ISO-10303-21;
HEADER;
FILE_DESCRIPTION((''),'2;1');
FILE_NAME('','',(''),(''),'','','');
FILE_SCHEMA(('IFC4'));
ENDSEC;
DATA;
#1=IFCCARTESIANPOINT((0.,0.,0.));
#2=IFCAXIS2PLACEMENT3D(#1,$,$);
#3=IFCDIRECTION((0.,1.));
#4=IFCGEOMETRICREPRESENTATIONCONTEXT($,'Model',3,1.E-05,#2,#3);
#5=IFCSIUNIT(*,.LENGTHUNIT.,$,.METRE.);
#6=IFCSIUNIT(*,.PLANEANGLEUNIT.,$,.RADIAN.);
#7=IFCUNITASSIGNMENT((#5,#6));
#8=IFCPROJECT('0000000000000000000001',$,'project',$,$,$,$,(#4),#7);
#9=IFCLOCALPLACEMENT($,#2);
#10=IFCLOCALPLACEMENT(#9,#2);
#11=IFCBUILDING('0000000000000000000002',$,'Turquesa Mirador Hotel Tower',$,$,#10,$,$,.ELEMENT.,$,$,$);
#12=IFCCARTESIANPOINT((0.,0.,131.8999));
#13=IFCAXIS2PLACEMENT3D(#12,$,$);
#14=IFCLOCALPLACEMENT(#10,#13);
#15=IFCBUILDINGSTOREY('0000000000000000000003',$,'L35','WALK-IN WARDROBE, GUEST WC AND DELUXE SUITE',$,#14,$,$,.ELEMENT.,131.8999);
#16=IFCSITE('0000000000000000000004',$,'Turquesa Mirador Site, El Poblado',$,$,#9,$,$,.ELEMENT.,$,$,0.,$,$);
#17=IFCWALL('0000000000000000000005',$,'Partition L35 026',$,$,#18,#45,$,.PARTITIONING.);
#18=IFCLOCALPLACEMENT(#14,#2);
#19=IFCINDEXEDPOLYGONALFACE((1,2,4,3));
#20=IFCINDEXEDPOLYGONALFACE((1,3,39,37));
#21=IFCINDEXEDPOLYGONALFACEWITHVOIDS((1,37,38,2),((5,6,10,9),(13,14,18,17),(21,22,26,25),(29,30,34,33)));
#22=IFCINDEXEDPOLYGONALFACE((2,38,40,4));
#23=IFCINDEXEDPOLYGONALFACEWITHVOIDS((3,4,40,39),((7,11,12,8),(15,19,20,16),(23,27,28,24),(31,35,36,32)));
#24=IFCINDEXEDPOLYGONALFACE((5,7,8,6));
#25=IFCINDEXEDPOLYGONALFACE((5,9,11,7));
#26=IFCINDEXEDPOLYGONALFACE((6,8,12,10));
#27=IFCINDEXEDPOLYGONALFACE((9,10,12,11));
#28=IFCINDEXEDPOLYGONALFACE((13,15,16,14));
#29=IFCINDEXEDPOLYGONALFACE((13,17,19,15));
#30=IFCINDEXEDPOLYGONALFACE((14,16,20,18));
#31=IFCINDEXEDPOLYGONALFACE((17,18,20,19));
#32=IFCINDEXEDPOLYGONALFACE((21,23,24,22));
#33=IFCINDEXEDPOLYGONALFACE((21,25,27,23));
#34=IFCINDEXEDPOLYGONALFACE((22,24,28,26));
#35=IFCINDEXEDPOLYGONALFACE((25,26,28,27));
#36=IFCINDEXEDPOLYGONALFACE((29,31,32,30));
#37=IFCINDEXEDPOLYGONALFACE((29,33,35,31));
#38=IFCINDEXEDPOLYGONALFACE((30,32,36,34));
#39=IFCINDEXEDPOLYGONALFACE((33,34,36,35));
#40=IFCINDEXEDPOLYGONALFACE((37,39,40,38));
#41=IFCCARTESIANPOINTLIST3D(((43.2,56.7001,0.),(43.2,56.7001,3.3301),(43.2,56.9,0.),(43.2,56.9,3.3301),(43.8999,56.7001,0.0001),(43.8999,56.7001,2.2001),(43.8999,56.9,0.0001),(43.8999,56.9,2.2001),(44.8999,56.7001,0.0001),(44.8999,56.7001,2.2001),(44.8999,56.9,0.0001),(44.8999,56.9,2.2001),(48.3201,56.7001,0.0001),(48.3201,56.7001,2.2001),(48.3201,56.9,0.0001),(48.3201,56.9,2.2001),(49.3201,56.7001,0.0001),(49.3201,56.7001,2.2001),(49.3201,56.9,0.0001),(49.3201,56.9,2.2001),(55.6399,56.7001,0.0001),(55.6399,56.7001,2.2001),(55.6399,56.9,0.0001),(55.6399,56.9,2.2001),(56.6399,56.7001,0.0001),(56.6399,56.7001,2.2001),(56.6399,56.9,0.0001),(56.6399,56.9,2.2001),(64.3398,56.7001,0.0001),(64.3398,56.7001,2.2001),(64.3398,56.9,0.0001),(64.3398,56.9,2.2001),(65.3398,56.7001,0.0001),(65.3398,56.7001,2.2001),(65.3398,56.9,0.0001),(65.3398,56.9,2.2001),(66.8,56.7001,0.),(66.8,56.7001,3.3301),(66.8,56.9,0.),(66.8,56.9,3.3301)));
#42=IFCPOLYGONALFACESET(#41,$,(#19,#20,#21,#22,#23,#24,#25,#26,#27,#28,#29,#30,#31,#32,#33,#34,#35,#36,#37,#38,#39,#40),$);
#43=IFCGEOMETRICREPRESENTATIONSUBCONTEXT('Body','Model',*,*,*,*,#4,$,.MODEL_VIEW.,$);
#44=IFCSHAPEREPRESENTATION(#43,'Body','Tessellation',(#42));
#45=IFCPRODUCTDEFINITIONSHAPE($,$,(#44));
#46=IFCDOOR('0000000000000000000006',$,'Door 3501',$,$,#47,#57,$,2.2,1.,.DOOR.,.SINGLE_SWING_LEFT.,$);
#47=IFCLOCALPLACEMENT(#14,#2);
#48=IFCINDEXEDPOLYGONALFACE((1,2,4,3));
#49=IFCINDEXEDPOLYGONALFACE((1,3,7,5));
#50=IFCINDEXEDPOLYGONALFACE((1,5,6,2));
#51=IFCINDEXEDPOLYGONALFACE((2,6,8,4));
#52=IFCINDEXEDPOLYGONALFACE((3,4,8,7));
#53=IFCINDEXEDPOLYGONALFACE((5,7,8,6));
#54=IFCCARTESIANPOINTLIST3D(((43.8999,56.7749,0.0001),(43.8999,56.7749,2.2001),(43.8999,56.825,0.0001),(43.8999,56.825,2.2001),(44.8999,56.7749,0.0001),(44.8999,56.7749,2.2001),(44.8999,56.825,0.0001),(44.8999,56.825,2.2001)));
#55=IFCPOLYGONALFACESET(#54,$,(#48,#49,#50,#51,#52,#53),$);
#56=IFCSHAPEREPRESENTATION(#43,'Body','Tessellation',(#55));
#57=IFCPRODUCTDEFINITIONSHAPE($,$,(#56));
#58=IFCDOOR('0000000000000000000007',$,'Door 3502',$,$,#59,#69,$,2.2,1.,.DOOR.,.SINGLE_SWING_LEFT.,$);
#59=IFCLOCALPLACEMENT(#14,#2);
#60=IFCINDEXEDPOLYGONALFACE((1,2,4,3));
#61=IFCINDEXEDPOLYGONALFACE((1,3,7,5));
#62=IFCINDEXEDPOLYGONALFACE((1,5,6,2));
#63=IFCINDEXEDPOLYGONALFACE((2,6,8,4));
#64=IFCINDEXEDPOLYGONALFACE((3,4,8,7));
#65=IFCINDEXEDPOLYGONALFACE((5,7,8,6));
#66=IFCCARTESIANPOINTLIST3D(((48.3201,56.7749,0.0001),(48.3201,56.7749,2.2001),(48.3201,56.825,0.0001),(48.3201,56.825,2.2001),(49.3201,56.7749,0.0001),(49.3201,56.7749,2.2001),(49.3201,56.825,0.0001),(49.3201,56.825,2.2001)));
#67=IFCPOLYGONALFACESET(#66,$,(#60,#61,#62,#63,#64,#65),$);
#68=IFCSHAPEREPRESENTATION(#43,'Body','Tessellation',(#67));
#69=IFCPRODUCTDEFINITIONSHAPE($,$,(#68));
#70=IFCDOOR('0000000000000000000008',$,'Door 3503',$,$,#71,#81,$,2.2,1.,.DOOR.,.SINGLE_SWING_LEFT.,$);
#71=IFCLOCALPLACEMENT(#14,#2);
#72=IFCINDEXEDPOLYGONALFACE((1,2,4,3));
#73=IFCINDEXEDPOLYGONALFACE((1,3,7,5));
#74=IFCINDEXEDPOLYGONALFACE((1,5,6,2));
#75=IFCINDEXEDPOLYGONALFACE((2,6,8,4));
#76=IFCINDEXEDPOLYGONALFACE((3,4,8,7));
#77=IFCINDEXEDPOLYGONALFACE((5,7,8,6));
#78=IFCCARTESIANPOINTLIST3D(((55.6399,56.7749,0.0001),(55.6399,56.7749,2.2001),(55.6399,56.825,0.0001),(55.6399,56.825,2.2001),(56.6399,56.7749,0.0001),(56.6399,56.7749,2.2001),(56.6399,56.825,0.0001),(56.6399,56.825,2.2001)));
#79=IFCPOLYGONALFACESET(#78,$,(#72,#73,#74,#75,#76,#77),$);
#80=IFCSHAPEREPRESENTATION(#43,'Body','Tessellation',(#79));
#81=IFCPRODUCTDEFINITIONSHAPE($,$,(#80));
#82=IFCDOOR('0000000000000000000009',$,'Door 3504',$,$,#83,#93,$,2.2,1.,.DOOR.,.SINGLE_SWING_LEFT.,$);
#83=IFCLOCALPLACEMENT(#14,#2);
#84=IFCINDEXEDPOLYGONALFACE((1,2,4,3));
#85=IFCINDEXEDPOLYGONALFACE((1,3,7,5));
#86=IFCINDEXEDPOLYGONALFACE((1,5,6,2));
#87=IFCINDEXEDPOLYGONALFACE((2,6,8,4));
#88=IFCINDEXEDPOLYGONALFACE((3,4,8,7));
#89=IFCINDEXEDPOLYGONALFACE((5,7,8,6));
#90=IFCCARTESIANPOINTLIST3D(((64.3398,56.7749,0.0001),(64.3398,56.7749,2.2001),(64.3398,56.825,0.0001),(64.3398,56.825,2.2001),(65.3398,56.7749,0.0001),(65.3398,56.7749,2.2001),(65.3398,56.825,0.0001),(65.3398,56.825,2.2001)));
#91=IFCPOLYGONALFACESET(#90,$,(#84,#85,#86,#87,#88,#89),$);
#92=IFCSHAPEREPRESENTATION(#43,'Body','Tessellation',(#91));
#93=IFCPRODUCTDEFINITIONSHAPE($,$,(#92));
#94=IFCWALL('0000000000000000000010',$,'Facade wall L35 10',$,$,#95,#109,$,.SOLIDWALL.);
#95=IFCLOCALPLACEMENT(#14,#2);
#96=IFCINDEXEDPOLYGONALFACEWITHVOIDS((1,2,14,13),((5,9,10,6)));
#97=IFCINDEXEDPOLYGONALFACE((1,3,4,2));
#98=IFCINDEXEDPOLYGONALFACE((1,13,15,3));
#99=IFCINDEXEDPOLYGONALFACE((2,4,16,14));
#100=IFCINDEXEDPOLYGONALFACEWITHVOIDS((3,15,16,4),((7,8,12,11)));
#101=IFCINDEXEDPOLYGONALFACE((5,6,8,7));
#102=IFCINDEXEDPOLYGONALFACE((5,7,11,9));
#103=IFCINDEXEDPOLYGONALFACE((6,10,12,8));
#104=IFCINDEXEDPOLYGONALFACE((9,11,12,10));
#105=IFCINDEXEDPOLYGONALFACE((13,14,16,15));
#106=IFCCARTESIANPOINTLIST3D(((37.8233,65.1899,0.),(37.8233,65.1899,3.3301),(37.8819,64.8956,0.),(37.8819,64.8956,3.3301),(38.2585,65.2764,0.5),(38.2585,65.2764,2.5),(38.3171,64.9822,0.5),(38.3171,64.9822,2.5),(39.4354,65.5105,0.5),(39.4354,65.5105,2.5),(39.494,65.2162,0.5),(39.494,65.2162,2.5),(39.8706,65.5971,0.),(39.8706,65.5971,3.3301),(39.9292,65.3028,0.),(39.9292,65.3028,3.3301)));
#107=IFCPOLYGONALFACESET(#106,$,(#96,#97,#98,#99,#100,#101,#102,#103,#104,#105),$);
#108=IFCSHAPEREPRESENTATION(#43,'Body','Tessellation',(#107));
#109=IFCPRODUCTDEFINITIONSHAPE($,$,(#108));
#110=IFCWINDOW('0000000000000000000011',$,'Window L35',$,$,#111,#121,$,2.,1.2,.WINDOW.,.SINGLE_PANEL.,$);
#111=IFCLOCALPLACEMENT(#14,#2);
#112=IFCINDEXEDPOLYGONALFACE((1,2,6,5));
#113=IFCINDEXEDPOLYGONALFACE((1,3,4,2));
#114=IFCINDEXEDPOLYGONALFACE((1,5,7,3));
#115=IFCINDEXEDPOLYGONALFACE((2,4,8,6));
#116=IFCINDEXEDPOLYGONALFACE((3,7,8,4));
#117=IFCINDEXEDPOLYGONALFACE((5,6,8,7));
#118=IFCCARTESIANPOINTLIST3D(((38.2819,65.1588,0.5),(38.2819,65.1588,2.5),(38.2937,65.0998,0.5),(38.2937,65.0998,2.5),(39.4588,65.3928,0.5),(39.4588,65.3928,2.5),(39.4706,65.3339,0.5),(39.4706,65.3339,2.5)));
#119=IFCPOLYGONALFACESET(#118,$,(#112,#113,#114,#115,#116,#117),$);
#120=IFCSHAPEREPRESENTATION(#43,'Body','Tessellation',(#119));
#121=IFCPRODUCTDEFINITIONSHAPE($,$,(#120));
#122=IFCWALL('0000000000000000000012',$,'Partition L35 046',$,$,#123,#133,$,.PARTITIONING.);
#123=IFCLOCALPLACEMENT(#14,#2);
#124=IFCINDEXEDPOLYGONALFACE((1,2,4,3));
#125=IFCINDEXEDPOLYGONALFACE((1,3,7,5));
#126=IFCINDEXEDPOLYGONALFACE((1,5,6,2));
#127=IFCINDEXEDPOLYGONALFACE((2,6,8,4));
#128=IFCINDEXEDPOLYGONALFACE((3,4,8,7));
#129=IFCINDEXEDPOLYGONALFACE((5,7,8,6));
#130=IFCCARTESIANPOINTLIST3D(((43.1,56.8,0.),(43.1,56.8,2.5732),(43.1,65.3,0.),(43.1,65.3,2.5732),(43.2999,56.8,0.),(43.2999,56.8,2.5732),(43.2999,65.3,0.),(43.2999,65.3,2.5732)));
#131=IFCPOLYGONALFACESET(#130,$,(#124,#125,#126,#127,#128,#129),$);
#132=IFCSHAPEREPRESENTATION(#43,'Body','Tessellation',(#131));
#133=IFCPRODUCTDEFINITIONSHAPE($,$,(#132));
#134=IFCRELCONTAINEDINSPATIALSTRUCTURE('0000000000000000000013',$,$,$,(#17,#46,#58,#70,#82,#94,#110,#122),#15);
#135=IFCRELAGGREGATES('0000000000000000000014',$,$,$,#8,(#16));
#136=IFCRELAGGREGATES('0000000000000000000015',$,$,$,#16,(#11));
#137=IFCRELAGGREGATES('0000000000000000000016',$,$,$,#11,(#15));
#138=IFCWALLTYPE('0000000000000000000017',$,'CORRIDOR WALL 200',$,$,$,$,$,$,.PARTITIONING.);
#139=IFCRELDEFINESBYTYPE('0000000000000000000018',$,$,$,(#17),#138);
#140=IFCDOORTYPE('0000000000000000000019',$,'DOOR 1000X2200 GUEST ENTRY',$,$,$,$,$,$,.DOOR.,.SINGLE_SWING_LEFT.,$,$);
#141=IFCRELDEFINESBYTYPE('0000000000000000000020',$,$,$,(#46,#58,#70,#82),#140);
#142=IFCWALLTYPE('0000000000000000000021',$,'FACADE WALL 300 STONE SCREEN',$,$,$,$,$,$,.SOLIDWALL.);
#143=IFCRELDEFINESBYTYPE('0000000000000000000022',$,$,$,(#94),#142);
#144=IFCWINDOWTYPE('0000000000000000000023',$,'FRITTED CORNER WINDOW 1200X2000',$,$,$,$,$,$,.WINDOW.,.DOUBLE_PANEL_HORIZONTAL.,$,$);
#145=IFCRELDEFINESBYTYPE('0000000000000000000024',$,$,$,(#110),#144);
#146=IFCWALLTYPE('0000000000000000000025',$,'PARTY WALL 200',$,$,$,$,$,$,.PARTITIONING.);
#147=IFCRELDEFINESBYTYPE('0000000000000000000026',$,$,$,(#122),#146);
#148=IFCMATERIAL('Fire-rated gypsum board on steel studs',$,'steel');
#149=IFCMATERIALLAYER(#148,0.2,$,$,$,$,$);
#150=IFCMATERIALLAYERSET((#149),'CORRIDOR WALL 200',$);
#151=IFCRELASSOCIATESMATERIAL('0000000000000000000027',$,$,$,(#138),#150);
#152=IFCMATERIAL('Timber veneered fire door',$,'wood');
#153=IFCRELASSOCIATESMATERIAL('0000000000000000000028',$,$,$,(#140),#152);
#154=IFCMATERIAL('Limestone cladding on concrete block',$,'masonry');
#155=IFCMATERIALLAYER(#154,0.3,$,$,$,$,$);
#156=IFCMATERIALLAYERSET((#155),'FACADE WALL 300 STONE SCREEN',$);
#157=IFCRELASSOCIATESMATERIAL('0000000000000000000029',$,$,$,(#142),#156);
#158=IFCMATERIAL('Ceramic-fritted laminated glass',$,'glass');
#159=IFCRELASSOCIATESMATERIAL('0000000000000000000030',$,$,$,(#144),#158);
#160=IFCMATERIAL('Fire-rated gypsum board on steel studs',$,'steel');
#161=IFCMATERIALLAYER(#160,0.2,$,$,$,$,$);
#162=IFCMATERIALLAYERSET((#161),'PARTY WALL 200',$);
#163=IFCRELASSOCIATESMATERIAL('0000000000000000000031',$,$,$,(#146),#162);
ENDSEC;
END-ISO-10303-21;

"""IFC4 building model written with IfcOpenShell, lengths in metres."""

from ifc_helpers import new_model, si_unit, direction, frame, frame_2d, origin, place, context, subcontext, project, spatial, rectangle, extrude, material, layer, layer_set, type_object, element, fill, save


model = new_model("IFC4")

# Units and contexts
model_context = context("Model", 3, precision=1e-05, world=origin(), true_north=direction((0.0, 1.0)))
body_context = subcontext(model_context, "Body", "Model", "MODEL_VIEW")
ifc_project = project(units=[si_unit("LENGTHUNIT", "METRE"), si_unit("PLANEANGLEUNIT", "RADIAN")], contexts=[model_context])

# Site, building, storey
site_placement = place(None, origin())
site = spatial("IfcSite", under=ifc_project, at=site_placement, Name="Turquesa Mirador Site, El Poblado", CompositionType="ELEMENT", RefElevation=0.0)
building_placement = place(site_placement, origin())
building = spatial("IfcBuilding", under=site, at=building_placement, Name="Turquesa Mirador Hotel Tower", CompositionType="ELEMENT")
storey_placement = place(building_placement, frame((0.0, 0.0, 131.8999)))
storey = spatial("IfcBuildingStorey", under=building, at=storey_placement, Name="L35", Description="WALK-IN WARDROBE, GUEST WC AND DELUXE SUITE", CompositionType="ELEMENT", Elevation=131.8999)

# Wall, openings, doors
ifc_material_1 = material(Name="Fire-rated gypsum board on steel studs", Category="steel")
ifc_layer_1 = layer(ifc_material_1, 0.2)
ifc_layer_set_1 = layer_set([ifc_layer_1], Name="CORRIDOR WALL 200")
wall_type_1 = type_object("IfcWallType", Name="CORRIDOR WALL 200", PredefinedType="PARTITIONING", material=ifc_layer_set_1)
wall_1_placement = place(storey_placement, frame((43.2, 56.8, 0.0), z_axis=(0.0, 0.0, 1.0), x_axis=(1.0, 0.0, 0.0)))
wall_1 = element("IfcWall", 1, at=wall_1_placement, inside=storey, type_object=wall_type_1, Name="Partition L35 026", PredefinedType="PARTITIONING", context=body_context, shape_type="SweptSolid", body=[
    extrude(rectangle(XDim=23.6001, YDim=0.2, at=frame_2d((11.8, 0.0))), origin(), (0.0, 0.0, 1.0), 3.3301),
])
opening_1_placement = place(wall_1_placement, frame((0.7, 0.0, 0.0)))
opening_1 = element("IfcOpeningElement", 2, at=opening_1_placement, cuts=wall_1, PredefinedType="OPENING", context=body_context, shape_type="SweptSolid", body=[
    extrude(rectangle(XDim=1.0, YDim=2.2, at=frame_2d((0.5, 1.1001))), frame((0.0, 0.1099, 0.0), z_axis=(0.0, -1.0, 0.0), x_axis=(1.0, 0.0, 0.0)), (0.0, 0.0, 1.0), 0.22),
])
opening_2_placement = place(wall_1_placement, frame((5.1201, 0.0, 0.0)))
opening_2 = element("IfcOpeningElement", 3, at=opening_2_placement, cuts=wall_1, PredefinedType="OPENING", context=body_context, shape_type="SweptSolid", body=[
    extrude(rectangle(XDim=1.0, YDim=2.2, at=frame_2d((0.5, 1.1001))), frame((0.0, 0.1099, 0.0), z_axis=(0.0, -1.0, 0.0), x_axis=(1.0, 0.0, 0.0)), (0.0, 0.0, 1.0), 0.22),
])
opening_3_placement = place(wall_1_placement, frame((12.4399, 0.0, 0.0)))
opening_3 = element("IfcOpeningElement", 4, at=opening_3_placement, cuts=wall_1, PredefinedType="OPENING", context=body_context, shape_type="SweptSolid", body=[
    extrude(rectangle(XDim=1.0, YDim=2.2, at=frame_2d((0.5, 1.1001))), frame((0.0, 0.1099, 0.0), z_axis=(0.0, -1.0, 0.0), x_axis=(1.0, 0.0, 0.0)), (0.0, 0.0, 1.0), 0.22),
])
opening_4_placement = place(wall_1_placement, frame((21.1399, 0.0, 0.0)))
opening_4 = element("IfcOpeningElement", 5, at=opening_4_placement, cuts=wall_1, PredefinedType="OPENING", context=body_context, shape_type="SweptSolid", body=[
    extrude(rectangle(XDim=1.0, YDim=2.2, at=frame_2d((0.5, 1.1001))), frame((0.0, 0.1099, 0.0), z_axis=(0.0, -1.0, 0.0), x_axis=(1.0, 0.0, 0.0)), (0.0, 0.0, 1.0), 0.22),
])
ifc_material_2 = material(Name="Timber veneered fire door", Category="wood")
door_type_1 = type_object("IfcDoorType", Name="DOOR 1000X2200 GUEST ENTRY", OperationType="SINGLE_SWING_LEFT", PredefinedType="DOOR", material=ifc_material_2)
door_1_placement = place(opening_1_placement, origin())
door_1 = element("IfcDoor", 6, at=door_1_placement, inside=storey, type_object=door_type_1, Name="Door 3501", OperationType="SINGLE_SWING_LEFT", OverallHeight=2.2, OverallWidth=1.0, PredefinedType="DOOR", context=body_context, shape_type="SweptSolid", body=[
    extrude(rectangle(XDim=1.0, YDim=2.2, at=frame_2d((0.5, 1.1001))), frame((0.0, 0.0249, 0.0), z_axis=(0.0, -1.0, 0.0), x_axis=(1.0, 0.0, 0.0)), (0.0, 0.0, 1.0), 0.05),
])
fill(opening_1, door_1)
door_2_placement = place(opening_2_placement, origin())
door_2 = element("IfcDoor", 7, at=door_2_placement, inside=storey, type_object=door_type_1, Name="Door 3502", OperationType="SINGLE_SWING_LEFT", OverallHeight=2.2, OverallWidth=1.0, PredefinedType="DOOR", context=body_context, shape_type="SweptSolid", body=[
    extrude(rectangle(XDim=1.0, YDim=2.2, at=frame_2d((0.5, 1.1001))), frame((0.0, 0.0249, 0.0), z_axis=(0.0, -1.0, 0.0), x_axis=(1.0, 0.0, 0.0)), (0.0, 0.0, 1.0), 0.05),
])
fill(opening_2, door_2)
door_3_placement = place(opening_3_placement, origin())
door_3 = element("IfcDoor", 8, at=door_3_placement, inside=storey, type_object=door_type_1, Name="Door 3503", OperationType="SINGLE_SWING_LEFT", OverallHeight=2.2, OverallWidth=1.0, PredefinedType="DOOR", context=body_context, shape_type="SweptSolid", body=[
    extrude(rectangle(XDim=1.0, YDim=2.2, at=frame_2d((0.5, 1.1001))), frame((0.0, 0.0249, 0.0), z_axis=(0.0, -1.0, 0.0), x_axis=(1.0, 0.0, 0.0)), (0.0, 0.0, 1.0), 0.05),
])
fill(opening_3, door_3)
door_4_placement = place(opening_4_placement, origin())
door_4 = element("IfcDoor", 9, at=door_4_placement, inside=storey, type_object=door_type_1, Name="Door 3504", OperationType="SINGLE_SWING_LEFT", OverallHeight=2.2, OverallWidth=1.0, PredefinedType="DOOR", context=body_context, shape_type="SweptSolid", body=[
    extrude(rectangle(XDim=1.0, YDim=2.2, at=frame_2d((0.5, 1.1001))), frame((0.0, 0.0249, 0.0), z_axis=(0.0, -1.0, 0.0), x_axis=(1.0, 0.0, 0.0)), (0.0, 0.0, 1.0), 0.05),
])
fill(opening_4, door_4)

# Wall, opening, window
ifc_material_3 = material(Name="Limestone cladding on concrete block", Category="masonry")
ifc_layer_2 = layer(ifc_material_3, 0.3)
ifc_layer_set_2 = layer_set([ifc_layer_2], Name="FACADE WALL 300 STONE SCREEN")
wall_type_2 = type_object("IfcWallType", Name="FACADE WALL 300 STONE SCREEN", PredefinedType="SOLIDWALL", material=ifc_layer_set_2)
wall_2_placement = place(storey_placement, frame((39.8999, 65.45, 0.0), z_axis=(0.0, 0.0, 1.0), x_axis=(-0.980787, -0.195081, 0.0)))
wall_2 = element("IfcWall", 10, at=wall_2_placement, inside=storey, type_object=wall_type_2, Name="Facade wall L35 10", PredefinedType="SOLIDWALL", context=body_context, shape_type="SweptSolid", body=[
    extrude(rectangle(XDim=2.0874, YDim=0.3, at=frame_2d((1.0437, 0.0))), origin(), (0.0, 0.0, 1.0), 3.3301),
])
opening_5_placement = place(wall_2_placement, frame((0.4436, 0.0, 0.5)))
opening_5 = element("IfcOpeningElement", 11, at=opening_5_placement, cuts=wall_2, PredefinedType="OPENING", context=body_context, shape_type="SweptSolid", body=[
    extrude(rectangle(XDim=1.2, YDim=2.0, at=frame_2d((0.6001, 1.0))), frame((0.0, 0.1599, 0.0), z_axis=(0.0, -1.0, 0.0), x_axis=(1.0, 0.0, 0.0)), (0.0, 0.0, 1.0), 0.3201),
])
ifc_material_4 = material(Name="Ceramic-fritted laminated glass", Category="glass")
window_type = type_object("IfcWindowType", Name="FRITTED CORNER WINDOW 1200X2000", PartitioningType="DOUBLE_PANEL_HORIZONTAL", PredefinedType="WINDOW", material=ifc_material_4)
window_placement = place(opening_5_placement, origin())
window = element("IfcWindow", 12, at=window_placement, inside=storey, type_object=window_type, Name="Window L35", OverallHeight=2.0, OverallWidth=1.2, PartitioningType="SINGLE_PANEL", PredefinedType="WINDOW", context=body_context, shape_type="SweptSolid", body=[
    extrude(rectangle(XDim=1.2, YDim=2.0, at=frame_2d((0.6001, 1.0))), frame((0.0, 0.03, 0.0), z_axis=(0.0, -1.0, 0.0), x_axis=(1.0, 0.0, 0.0)), (0.0, 0.0, 1.0), 0.0601),
])
fill(opening_5, window)

# Wall
ifc_material_5 = material(Name="Fire-rated gypsum board on steel studs", Category="steel")
ifc_layer_3 = layer(ifc_material_5, 0.2)
ifc_layer_set_3 = layer_set([ifc_layer_3], Name="PARTY WALL 200")
wall_type_3 = type_object("IfcWallType", Name="PARTY WALL 200", PredefinedType="PARTITIONING", material=ifc_layer_set_3)
wall_3_placement = place(storey_placement, frame((43.2, 56.8, 0.0), z_axis=(0.0, 0.0, 1.0), x_axis=(0.0, 1.0, 0.0)))
element("IfcWall", 13, at=wall_3_placement, inside=storey, type_object=wall_type_3, Name="Partition L35 046", PredefinedType="PARTITIONING", context=body_context, shape_type="SweptSolid", body=[
    extrude(rectangle(XDim=8.5, YDim=0.2, at=frame_2d((4.25, 0.0))), origin(), (0.0, 0.0, 1.0), 2.5732),
])

save(model, "model.ifc")
